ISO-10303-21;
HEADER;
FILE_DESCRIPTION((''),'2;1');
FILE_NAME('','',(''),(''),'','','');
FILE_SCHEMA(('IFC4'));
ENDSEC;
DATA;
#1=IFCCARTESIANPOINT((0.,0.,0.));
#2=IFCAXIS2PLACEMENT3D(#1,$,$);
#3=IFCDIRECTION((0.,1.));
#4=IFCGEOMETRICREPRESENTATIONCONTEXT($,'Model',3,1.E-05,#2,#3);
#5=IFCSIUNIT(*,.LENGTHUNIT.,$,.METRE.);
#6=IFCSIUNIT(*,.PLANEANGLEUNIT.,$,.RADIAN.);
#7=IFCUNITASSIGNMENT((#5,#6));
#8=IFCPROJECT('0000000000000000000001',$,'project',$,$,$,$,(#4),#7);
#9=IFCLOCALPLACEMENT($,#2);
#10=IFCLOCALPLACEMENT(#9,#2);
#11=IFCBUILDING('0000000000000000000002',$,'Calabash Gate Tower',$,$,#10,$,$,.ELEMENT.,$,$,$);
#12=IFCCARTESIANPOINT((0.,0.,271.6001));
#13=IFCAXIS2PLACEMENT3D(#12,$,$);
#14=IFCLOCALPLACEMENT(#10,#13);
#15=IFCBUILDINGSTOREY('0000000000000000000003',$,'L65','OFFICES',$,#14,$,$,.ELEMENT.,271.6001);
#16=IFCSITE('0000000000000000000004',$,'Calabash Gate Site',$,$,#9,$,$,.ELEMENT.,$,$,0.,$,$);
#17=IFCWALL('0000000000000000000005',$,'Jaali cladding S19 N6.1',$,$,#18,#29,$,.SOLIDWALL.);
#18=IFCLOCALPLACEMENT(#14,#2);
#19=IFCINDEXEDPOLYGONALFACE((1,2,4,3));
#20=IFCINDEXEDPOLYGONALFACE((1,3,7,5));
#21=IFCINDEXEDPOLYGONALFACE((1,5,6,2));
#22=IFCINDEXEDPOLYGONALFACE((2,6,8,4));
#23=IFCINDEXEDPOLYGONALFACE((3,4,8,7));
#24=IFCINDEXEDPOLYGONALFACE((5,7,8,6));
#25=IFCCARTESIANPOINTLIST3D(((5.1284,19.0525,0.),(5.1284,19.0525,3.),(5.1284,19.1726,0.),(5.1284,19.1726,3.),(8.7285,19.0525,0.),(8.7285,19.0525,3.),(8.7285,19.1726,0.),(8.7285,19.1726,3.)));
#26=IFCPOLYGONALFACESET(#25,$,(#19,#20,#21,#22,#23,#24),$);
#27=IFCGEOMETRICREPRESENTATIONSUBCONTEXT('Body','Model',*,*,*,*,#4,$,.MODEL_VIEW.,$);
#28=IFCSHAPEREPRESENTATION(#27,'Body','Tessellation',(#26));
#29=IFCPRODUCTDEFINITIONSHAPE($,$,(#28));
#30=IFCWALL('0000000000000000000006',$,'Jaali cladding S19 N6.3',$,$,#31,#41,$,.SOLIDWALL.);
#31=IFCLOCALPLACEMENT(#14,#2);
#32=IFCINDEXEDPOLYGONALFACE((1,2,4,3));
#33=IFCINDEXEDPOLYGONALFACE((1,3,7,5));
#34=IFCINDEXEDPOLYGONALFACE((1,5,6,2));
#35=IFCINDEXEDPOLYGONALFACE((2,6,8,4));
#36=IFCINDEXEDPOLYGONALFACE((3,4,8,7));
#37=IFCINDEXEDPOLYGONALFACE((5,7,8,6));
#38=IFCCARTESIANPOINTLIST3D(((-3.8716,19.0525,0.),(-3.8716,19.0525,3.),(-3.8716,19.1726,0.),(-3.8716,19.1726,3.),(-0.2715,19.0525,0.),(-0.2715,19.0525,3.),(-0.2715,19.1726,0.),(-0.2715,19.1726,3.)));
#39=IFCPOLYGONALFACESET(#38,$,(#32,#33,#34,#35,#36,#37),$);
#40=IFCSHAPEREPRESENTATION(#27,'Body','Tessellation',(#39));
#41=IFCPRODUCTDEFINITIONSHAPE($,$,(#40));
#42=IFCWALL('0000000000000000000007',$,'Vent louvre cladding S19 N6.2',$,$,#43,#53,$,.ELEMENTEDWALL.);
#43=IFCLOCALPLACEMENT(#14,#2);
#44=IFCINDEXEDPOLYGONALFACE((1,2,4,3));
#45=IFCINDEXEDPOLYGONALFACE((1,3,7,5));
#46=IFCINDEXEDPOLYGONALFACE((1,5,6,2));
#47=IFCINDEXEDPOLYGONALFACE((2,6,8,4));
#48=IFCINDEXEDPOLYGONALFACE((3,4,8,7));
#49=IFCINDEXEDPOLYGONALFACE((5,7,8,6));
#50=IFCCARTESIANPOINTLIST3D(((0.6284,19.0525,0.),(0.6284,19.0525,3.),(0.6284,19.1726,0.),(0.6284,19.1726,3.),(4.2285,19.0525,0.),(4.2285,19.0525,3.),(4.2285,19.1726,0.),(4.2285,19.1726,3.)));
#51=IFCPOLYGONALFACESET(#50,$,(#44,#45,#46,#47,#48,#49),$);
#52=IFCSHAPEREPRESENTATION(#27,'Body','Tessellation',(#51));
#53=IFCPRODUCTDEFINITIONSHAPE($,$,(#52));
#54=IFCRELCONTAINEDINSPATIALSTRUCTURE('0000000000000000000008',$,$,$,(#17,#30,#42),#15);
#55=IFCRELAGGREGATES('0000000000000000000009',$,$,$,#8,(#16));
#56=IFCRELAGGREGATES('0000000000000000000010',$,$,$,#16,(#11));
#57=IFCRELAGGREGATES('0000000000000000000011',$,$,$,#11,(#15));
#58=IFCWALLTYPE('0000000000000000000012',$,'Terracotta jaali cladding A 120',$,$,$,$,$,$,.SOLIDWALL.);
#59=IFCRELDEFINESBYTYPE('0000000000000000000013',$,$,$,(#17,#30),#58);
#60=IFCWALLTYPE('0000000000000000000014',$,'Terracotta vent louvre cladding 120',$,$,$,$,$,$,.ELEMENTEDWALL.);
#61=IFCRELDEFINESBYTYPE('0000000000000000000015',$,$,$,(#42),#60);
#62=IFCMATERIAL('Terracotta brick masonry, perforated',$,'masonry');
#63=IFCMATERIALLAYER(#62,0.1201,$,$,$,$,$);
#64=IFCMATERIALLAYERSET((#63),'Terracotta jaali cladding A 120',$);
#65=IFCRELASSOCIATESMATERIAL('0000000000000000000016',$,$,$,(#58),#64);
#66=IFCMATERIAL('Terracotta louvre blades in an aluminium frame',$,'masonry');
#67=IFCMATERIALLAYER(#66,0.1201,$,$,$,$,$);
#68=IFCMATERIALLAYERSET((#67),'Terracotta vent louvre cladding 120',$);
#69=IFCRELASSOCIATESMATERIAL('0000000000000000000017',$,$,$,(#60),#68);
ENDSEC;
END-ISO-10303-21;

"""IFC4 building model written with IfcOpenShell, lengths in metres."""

from ifc_helpers import new_model, si_unit, direction, frame, origin, place, context, subcontext, project, spatial, polyline, outline, extrude, material, layer, layer_set, type_object, element, save


model = new_model("IFC4")

# Units and contexts
model_context = context("Model", 3, precision=1e-05, world=origin(), true_north=direction((0.0, 1.0)))
body_context = subcontext(model_context, "Body", "Model", "MODEL_VIEW")
ifc_project = project(units=[si_unit("LENGTHUNIT", "METRE"), si_unit("PLANEANGLEUNIT", "RADIAN")], contexts=[model_context])

# Site, building, storey
site_placement = place(None, origin())
site = spatial("IfcSite", under=ifc_project, at=site_placement, Name="Calabash Gate Site", CompositionType="ELEMENT", RefElevation=0.0)
building_placement = place(site_placement, origin())
building = spatial("IfcBuilding", under=site, at=building_placement, Name="Calabash Gate Tower", CompositionType="ELEMENT")
storey_placement = place(building_placement, frame((0.0, 0.0, 271.6001)))
storey = spatial("IfcBuildingStorey", under=building, at=storey_placement, Name="L65", Description="OFFICES", CompositionType="ELEMENT", Elevation=271.6001)

# Walls
ifc_material_1 = material(Name="Terracotta brick masonry, perforated", Category="masonry")
ifc_layer_1 = layer(ifc_material_1, 0.1201)
ifc_layer_set_1 = layer_set([ifc_layer_1], Name="Terracotta jaali cladding A 120")
wall_type_1 = type_object("IfcWallType", Name="Terracotta jaali cladding A 120", PredefinedType="SOLIDWALL", material=ifc_layer_set_1)
wall_1_placement = place(storey_placement, origin())
element("IfcWall", 1, at=wall_1_placement, inside=storey, type_object=wall_type_1, Name="Jaali cladding S19 N6.1", PredefinedType="SOLIDWALL", context=body_context, shape_type="SweptSolid", body=[
    extrude(outline(polyline([(5.1284, 19.1726), (5.1284, 19.0525), (8.7285, 19.0525), (8.7285, 19.1726), (5.1284, 19.1726)])), origin(), (0.0, 0.0, 1.0), 3.0),
])
wall_2_placement = place(storey_placement, origin())
element("IfcWall", 2, at=wall_2_placement, inside=storey, type_object=wall_type_1, Name="Jaali cladding S19 N6.3", PredefinedType="SOLIDWALL", context=body_context, shape_type="SweptSolid", body=[
    extrude(outline(polyline([(-3.8716, 19.1726), (-3.8716, 19.0525), (-0.2715, 19.0525), (-0.2715, 19.1726), (-3.8716, 19.1726)])), origin(), (0.0, 0.0, 1.0), 3.0),
])
ifc_material_2 = material(Name="Terracotta louvre blades in an aluminium frame", Category="masonry")
ifc_layer_2 = layer(ifc_material_2, 0.1201)
ifc_layer_set_2 = layer_set([ifc_layer_2], Name="Terracotta vent louvre cladding 120")
wall_type_2 = type_object("IfcWallType", Name="Terracotta vent louvre cladding 120", PredefinedType="ELEMENTEDWALL", material=ifc_layer_set_2)
wall_3_placement = place(storey_placement, origin())
element("IfcWall", 3, at=wall_3_placement, inside=storey, type_object=wall_type_2, Name="Vent louvre cladding S19 N6.2", PredefinedType="ELEMENTEDWALL", context=body_context, shape_type="SweptSolid", body=[
    extrude(outline(polyline([(0.6284, 19.1726), (0.6284, 19.0525), (4.2285, 19.0525), (4.2285, 19.1726), (0.6284, 19.1726)])), origin(), (0.0, 0.0, 1.0), 3.0),
])

save(model, "model.ifc")
